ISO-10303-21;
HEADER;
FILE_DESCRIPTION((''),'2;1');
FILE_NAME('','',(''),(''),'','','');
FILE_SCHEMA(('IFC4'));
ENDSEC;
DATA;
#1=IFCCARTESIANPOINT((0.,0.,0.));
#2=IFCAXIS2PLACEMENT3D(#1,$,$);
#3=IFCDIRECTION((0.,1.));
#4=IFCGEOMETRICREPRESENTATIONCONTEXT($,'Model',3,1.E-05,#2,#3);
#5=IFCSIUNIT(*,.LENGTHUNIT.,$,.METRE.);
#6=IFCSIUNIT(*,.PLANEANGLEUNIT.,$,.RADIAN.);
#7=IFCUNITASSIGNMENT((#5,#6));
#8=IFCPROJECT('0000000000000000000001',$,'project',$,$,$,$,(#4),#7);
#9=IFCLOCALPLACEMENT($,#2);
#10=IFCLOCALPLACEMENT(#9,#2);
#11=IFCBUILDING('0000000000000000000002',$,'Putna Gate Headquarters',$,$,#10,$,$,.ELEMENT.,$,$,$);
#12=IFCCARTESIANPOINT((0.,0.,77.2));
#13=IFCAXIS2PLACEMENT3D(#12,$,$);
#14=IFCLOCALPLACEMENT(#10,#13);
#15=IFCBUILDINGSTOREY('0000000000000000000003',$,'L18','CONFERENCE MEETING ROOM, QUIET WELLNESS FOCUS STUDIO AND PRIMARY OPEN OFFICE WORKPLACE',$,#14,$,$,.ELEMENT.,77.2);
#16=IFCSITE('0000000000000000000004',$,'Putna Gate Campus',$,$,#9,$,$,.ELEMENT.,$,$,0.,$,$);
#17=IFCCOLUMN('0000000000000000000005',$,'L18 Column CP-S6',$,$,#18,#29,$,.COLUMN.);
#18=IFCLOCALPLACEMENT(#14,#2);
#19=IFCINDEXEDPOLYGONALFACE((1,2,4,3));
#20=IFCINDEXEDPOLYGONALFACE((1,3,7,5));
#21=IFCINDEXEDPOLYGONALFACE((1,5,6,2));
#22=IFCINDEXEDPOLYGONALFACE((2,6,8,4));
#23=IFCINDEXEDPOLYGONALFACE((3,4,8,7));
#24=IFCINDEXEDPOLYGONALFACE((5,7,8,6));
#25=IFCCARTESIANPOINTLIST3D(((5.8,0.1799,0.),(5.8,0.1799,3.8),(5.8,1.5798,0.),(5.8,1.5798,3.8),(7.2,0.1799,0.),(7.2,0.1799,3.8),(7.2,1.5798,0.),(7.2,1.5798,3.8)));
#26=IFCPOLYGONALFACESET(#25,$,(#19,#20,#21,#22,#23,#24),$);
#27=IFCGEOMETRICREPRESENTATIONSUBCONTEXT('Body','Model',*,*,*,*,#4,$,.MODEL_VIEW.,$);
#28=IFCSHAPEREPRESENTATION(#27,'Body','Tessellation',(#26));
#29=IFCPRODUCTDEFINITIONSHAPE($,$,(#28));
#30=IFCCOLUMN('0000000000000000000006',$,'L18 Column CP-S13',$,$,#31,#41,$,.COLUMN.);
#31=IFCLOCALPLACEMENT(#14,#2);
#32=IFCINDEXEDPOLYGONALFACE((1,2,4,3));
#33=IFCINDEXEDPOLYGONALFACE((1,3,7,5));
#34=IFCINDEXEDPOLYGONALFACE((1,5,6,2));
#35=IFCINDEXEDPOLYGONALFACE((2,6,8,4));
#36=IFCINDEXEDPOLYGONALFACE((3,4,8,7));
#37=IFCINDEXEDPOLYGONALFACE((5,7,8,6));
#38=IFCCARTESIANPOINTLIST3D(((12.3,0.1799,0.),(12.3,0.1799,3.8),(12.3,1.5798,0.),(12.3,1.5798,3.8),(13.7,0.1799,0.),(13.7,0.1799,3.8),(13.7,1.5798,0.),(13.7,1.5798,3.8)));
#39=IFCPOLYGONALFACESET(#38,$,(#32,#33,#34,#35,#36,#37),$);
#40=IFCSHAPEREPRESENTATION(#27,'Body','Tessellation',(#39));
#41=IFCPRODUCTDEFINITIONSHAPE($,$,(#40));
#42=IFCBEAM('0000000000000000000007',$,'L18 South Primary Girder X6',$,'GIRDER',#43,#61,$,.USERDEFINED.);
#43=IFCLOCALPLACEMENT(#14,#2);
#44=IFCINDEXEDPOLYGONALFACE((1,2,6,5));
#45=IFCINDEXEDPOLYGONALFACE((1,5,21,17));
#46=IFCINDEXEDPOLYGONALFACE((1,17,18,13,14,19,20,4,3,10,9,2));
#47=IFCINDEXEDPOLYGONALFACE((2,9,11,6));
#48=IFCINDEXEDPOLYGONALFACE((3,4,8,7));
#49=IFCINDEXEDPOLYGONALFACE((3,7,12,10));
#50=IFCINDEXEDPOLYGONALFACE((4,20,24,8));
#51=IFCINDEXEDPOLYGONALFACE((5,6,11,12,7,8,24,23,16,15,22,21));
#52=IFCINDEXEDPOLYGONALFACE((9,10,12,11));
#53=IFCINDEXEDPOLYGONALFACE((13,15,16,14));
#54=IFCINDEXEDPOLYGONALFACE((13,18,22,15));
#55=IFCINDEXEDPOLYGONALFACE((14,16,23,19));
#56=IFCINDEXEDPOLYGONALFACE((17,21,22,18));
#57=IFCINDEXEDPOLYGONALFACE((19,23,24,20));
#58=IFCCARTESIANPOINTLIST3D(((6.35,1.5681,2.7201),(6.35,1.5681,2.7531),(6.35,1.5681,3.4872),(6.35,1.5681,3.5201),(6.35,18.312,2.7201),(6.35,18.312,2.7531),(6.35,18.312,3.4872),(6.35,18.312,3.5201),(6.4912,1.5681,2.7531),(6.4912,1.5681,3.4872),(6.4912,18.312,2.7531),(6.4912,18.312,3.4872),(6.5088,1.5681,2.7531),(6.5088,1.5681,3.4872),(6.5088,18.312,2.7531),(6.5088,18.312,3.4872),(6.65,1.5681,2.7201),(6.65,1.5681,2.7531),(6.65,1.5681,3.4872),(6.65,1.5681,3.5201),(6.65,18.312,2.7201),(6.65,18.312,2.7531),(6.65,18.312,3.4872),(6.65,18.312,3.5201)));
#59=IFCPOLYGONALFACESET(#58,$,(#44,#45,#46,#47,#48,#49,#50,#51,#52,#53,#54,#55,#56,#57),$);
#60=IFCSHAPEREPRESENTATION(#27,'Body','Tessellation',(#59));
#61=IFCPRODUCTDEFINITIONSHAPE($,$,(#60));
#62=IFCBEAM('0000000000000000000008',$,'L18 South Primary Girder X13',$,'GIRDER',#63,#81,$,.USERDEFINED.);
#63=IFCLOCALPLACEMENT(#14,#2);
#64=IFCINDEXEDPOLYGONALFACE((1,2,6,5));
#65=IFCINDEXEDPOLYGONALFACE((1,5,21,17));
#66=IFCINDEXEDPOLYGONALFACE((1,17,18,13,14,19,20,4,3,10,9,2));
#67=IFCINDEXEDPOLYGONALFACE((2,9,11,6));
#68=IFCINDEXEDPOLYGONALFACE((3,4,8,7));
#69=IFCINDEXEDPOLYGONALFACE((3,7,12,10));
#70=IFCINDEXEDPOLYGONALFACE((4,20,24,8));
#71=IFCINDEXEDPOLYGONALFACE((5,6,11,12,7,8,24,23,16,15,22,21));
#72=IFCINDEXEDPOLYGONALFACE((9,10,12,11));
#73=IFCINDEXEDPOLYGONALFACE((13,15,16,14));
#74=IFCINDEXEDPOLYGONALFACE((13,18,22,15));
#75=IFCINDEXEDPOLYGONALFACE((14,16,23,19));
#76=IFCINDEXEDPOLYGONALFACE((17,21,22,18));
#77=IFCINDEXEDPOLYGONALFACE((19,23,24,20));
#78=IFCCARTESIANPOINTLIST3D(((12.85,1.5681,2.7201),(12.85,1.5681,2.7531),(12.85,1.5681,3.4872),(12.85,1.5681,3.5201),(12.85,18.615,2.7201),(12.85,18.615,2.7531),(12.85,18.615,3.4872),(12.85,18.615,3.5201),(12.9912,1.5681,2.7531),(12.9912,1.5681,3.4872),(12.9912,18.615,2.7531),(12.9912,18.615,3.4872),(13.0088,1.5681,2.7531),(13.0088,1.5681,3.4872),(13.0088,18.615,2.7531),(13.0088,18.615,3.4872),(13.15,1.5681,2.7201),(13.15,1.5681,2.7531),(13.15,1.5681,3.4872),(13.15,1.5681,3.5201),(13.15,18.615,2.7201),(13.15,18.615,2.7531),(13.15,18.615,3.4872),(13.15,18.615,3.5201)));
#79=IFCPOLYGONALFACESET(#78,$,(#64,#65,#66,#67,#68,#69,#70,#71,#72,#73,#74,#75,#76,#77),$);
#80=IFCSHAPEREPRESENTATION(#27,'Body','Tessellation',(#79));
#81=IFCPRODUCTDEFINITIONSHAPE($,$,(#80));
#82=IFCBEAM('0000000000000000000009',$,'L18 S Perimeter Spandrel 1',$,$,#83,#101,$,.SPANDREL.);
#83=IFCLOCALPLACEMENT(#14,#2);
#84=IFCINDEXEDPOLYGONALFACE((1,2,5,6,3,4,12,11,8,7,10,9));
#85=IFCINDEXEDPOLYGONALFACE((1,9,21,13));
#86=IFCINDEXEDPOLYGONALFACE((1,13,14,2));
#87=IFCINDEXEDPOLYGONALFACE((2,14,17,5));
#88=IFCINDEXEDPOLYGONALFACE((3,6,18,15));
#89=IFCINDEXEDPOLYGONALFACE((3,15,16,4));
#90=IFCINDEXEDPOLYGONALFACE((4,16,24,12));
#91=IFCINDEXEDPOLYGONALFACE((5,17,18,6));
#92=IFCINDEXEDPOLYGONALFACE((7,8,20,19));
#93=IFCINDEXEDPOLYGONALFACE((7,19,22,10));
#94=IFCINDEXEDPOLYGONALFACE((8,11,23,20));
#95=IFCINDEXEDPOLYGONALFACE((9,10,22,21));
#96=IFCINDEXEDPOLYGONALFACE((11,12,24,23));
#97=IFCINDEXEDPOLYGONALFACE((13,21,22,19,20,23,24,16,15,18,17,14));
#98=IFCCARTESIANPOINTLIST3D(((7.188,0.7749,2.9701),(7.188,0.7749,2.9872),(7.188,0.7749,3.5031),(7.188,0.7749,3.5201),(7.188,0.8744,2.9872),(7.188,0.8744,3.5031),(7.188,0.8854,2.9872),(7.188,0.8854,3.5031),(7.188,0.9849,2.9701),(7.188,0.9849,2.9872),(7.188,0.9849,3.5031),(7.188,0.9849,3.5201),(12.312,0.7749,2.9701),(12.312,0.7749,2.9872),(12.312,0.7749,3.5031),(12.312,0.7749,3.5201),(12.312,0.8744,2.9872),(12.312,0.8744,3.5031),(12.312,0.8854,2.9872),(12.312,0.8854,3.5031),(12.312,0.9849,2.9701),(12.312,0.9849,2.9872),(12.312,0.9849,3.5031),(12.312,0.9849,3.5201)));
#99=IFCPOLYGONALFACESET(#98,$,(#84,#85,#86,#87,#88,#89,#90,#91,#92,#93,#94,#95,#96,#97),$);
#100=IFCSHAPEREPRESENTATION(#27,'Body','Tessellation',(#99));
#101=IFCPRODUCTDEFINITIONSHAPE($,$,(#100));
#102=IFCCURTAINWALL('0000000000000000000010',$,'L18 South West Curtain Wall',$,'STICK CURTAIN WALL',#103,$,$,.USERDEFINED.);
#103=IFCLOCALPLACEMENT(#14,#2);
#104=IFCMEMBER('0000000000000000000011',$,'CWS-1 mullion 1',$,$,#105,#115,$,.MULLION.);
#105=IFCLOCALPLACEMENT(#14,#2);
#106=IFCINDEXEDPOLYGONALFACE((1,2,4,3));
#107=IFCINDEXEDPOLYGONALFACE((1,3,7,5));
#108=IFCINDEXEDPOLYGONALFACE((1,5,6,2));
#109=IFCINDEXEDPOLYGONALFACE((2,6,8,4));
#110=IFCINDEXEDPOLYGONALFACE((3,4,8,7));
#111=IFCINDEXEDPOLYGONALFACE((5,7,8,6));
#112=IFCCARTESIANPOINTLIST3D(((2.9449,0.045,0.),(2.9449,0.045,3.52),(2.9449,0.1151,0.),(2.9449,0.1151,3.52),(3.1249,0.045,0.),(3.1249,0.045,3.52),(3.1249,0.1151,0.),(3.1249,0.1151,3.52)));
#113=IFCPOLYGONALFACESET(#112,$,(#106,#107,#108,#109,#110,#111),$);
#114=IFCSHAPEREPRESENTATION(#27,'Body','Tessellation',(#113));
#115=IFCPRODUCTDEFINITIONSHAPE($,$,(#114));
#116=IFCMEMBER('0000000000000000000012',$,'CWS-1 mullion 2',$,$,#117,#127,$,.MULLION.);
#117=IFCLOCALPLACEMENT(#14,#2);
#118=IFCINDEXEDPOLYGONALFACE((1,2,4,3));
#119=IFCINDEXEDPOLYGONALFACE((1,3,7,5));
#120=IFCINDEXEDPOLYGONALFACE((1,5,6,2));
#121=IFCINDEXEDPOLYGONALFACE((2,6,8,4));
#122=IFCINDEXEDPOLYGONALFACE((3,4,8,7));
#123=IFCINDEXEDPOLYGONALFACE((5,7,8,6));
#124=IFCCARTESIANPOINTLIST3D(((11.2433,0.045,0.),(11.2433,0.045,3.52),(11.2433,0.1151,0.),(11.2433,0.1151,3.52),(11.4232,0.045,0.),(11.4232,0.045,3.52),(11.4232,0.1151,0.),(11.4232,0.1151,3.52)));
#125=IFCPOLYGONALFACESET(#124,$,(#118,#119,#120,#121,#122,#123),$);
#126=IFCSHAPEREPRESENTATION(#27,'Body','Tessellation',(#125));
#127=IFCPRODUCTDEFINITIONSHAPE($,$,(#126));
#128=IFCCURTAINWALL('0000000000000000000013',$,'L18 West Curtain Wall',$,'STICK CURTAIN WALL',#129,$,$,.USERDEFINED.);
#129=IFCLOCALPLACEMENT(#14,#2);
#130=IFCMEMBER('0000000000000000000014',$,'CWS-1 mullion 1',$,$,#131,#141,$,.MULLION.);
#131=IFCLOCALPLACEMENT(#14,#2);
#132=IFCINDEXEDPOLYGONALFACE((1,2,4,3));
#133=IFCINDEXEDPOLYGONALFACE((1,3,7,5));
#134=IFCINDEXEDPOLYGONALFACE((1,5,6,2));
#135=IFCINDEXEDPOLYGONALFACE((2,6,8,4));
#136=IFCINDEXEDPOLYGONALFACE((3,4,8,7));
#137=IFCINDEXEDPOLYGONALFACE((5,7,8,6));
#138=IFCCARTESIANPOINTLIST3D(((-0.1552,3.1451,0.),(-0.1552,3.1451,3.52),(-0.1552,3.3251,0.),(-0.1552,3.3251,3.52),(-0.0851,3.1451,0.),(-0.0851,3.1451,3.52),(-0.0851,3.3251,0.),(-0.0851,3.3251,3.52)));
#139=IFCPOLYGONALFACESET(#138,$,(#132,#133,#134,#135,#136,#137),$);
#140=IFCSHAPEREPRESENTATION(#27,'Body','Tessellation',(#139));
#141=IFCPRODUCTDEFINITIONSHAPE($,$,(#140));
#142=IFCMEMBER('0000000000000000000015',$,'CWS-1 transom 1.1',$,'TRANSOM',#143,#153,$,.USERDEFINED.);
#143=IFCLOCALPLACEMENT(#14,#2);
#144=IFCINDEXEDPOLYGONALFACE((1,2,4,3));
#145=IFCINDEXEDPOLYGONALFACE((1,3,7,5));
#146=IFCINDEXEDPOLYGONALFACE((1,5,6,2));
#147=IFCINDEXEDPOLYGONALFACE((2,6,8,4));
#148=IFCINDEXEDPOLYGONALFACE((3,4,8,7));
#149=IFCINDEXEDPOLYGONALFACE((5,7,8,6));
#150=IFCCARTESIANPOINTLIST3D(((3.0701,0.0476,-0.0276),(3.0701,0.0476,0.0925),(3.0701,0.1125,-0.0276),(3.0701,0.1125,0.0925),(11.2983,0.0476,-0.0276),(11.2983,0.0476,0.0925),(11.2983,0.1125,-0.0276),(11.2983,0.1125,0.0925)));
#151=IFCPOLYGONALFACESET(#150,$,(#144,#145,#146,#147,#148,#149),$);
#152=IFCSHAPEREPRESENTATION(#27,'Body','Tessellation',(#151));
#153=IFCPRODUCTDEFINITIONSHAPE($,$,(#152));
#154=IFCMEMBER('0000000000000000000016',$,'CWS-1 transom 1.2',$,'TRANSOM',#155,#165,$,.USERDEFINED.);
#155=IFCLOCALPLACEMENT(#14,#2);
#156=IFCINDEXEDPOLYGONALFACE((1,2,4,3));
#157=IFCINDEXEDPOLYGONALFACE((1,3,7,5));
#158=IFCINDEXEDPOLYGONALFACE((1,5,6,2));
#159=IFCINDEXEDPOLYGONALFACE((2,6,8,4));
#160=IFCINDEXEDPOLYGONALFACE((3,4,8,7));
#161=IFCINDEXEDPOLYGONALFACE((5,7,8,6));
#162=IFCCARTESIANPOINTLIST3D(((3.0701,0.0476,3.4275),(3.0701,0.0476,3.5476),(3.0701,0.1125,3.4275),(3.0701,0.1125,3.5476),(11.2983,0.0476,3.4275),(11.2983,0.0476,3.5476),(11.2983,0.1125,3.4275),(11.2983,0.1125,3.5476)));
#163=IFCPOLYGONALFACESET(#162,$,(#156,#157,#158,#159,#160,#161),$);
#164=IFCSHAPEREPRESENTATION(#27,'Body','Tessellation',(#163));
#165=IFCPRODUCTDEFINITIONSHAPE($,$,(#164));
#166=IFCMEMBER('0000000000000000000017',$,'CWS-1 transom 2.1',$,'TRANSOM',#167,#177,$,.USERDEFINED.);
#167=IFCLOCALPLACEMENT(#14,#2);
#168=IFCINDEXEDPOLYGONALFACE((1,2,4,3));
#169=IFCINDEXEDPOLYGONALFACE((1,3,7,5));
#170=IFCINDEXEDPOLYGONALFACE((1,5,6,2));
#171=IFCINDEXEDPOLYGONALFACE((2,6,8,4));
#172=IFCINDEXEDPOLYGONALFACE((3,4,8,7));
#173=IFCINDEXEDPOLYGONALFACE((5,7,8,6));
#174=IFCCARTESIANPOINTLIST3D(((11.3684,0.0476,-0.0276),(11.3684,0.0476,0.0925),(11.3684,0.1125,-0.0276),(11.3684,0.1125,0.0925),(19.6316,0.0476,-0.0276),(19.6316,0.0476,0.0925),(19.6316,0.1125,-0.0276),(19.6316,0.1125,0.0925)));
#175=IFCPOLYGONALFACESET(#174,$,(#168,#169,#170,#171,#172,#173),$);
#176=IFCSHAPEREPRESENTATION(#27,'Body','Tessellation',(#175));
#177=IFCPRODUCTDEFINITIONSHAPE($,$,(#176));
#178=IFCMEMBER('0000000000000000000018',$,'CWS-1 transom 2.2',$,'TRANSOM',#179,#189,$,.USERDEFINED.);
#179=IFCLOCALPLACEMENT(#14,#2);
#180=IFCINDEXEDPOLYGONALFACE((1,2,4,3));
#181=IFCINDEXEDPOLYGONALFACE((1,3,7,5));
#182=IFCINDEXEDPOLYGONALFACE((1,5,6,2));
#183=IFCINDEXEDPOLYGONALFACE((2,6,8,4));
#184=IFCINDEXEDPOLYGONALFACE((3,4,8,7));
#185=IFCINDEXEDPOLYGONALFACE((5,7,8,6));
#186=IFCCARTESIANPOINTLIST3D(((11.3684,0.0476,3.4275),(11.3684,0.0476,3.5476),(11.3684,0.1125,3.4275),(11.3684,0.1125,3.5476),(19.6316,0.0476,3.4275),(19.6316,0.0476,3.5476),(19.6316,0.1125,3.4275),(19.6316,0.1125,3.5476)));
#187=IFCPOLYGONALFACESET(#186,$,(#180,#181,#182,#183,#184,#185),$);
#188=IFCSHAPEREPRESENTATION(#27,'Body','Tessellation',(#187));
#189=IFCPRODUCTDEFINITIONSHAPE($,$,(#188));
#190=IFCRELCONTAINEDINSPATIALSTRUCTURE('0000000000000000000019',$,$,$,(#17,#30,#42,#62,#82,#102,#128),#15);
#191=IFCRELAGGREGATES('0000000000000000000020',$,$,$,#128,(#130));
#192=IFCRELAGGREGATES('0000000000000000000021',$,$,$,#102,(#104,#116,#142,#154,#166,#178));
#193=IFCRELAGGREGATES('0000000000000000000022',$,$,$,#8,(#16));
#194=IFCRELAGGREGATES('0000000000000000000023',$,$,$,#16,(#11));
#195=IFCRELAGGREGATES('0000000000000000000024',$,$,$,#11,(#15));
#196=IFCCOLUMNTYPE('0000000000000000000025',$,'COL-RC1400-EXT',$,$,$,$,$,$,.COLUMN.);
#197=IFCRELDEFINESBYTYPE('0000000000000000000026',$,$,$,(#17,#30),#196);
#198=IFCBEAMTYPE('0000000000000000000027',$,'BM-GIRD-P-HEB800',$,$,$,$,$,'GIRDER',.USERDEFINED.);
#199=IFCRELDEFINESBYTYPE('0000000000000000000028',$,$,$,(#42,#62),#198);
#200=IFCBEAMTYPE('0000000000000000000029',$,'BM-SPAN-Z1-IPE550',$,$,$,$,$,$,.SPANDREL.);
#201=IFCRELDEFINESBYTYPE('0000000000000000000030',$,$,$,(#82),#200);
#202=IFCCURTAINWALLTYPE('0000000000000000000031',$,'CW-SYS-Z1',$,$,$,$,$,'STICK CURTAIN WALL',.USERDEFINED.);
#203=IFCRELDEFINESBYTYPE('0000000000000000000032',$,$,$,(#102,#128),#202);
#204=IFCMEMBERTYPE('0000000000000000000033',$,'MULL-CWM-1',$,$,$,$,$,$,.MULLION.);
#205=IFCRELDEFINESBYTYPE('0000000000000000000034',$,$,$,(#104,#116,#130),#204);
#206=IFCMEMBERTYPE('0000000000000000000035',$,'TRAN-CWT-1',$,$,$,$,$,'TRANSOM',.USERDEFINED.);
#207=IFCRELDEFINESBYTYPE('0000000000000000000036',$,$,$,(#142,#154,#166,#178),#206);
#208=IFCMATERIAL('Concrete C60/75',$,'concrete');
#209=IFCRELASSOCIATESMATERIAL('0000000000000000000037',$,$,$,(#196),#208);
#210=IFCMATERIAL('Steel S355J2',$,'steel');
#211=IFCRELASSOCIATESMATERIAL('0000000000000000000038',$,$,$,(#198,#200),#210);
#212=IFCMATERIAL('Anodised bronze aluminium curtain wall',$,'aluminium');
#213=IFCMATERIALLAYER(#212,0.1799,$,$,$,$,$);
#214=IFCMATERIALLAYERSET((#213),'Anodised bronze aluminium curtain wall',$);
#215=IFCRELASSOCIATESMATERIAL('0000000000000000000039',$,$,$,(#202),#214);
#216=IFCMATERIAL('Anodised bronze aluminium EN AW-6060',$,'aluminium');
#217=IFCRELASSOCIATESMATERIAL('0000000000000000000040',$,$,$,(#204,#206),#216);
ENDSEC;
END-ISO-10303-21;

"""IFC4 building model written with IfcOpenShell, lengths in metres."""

from ifc_helpers import new_model, si_unit, direction, frame, origin, origin_2d, place, context, subcontext, project, spatial, rectangle, i_section, extrude, material, layer, layer_set, material_profile, profile_set, type_object, element, aggregate, save


model = new_model("IFC4")

# Units and contexts
model_context = context("Model", 3, precision=1e-05, world=origin(), true_north=direction((0.0, 1.0)))
body_context = subcontext(model_context, "Body", "Model", "MODEL_VIEW")
ifc_project = project(units=[si_unit("LENGTHUNIT", "METRE"), si_unit("PLANEANGLEUNIT", "RADIAN")], contexts=[model_context])

# Site, building, storey
site_placement = place(None, origin())
site = spatial("IfcSite", under=ifc_project, at=site_placement, Name="Putna Gate Campus", CompositionType="ELEMENT", RefElevation=0.0)
building_placement = place(site_placement, origin())
building = spatial("IfcBuilding", under=site, at=building_placement, Name="Putna Gate Headquarters", CompositionType="ELEMENT")
storey_placement = place(building_placement, frame((0.0, 0.0, 77.2)))
storey = spatial("IfcBuildingStorey", under=building, at=storey_placement, Name="L18", Description="CONFERENCE MEETING ROOM, QUIET WELLNESS FOCUS STUDIO AND PRIMARY OPEN OFFICE WORKPLACE", CompositionType="ELEMENT", Elevation=77.2)

# Columns
ifc_material_1 = material(Name="Concrete C60/75", Category="concrete")
ifc_material_profile_1 = material_profile(ifc_material_1, rectangle(XDim=1.3999, YDim=1.3999, at=origin_2d()), Name="Concrete C60/75")
ifc_profile_set_1 = profile_set([ifc_material_profile_1], Name="Concrete C60/75")
column_type = type_object("IfcColumnType", Name="COL-RC1400-EXT", PredefinedType="COLUMN", material=ifc_profile_set_1)
for number, where, z_axis, x_axis, name in (
    (1, (6.5, 0.8799, 0.0), (0.0, 0.0, 1.0), (1.0, 0.0, 0.0), "L18 Column CP-S6"),
    (2, (13.0, 0.8799, 0.0), (0.0, 0.0, 1.0), (1.0, 0.0, 0.0), "L18 Column CP-S13"),
):
    element("IfcColumn", number, at=place(storey_placement, frame(where, z_axis=z_axis, x_axis=x_axis)), inside=storey, type_object=column_type, Name=name, PredefinedType="COLUMN", context=body_context, shape_type="SweptSolid", body=[
        extrude(rectangle(XDim=1.3999, YDim=1.3999, at=origin_2d()), origin(), (0.0, 0.0, 1.0), 3.8),
    ])

# Beams
ifc_material_2 = material(Name="Steel S355J2", Category="steel")
ifc_material_profile_2 = material_profile(ifc_material_2, i_section(OverallWidth=0.3, OverallDepth=0.8, WebThickness=0.0176, FlangeThickness=0.033, at=origin_2d()), Name="Steel S355J2")
ifc_profile_set_2 = profile_set([ifc_material_profile_2], Name="Steel S355J2")
beam_type_1 = type_object("IfcBeamType", Name="BM-GIRD-P-HEB800", ElementType="GIRDER", PredefinedType="USERDEFINED", material=ifc_profile_set_2)
beam_1_placement = place(storey_placement, frame((6.5, 1.5681, 3.1201), z_axis=(0.0, 1.0, 0.0), x_axis=(-1.0, 0.0, 0.0)))
element("IfcBeam", 3, at=beam_1_placement, inside=storey, type_object=beam_type_1, Name="L18 South Primary Girder X6", ObjectType="GIRDER", PredefinedType="USERDEFINED", context=body_context, shape_type="SweptSolid", body=[
    extrude(i_section(OverallWidth=0.3, OverallDepth=0.8, WebThickness=0.0176, FlangeThickness=0.033, at=origin_2d()), origin(), (0.0, 0.0, 1.0), 16.7439),
])
beam_2_placement = place(storey_placement, frame((13.0, 1.5681, 3.1201), z_axis=(0.0, 1.0, 0.0), x_axis=(-1.0, 0.0, 0.0)))
element("IfcBeam", 4, at=beam_2_placement, inside=storey, type_object=beam_type_1, Name="L18 South Primary Girder X13", ObjectType="GIRDER", PredefinedType="USERDEFINED", context=body_context, shape_type="SweptSolid", body=[
    extrude(i_section(OverallWidth=0.3, OverallDepth=0.8, WebThickness=0.0176, FlangeThickness=0.033, at=origin_2d()), origin(), (0.0, 0.0, 1.0), 17.0469),
])
ifc_material_profile_3 = material_profile(ifc_material_2, i_section(OverallWidth=0.21, OverallDepth=0.55, WebThickness=0.011, FlangeThickness=0.0171, at=origin_2d()), Name="Steel S355J2")
ifc_profile_set_3 = profile_set([ifc_material_profile_3], Name="Steel S355J2")
beam_type_2 = type_object("IfcBeamType", Name="BM-SPAN-Z1-IPE550", PredefinedType="SPANDREL", material=ifc_profile_set_3)
beam_3_placement = place(storey_placement, frame((7.188, 0.8799, 3.2451), z_axis=(1.0, 0.0, 0.0), x_axis=(0.0, 1.0, 0.0)))
element("IfcBeam", 5, at=beam_3_placement, inside=storey, type_object=beam_type_2, Name="L18 S Perimeter Spandrel 1", PredefinedType="SPANDREL", context=body_context, shape_type="SweptSolid", body=[
    extrude(i_section(OverallWidth=0.21, OverallDepth=0.55, WebThickness=0.011, FlangeThickness=0.0171, at=origin_2d()), origin(), (0.0, 0.0, 1.0), 5.124),
])

# Curtain wall, members
ifc_material_3 = material(Name="Anodised bronze aluminium curtain wall", Category="aluminium")
ifc_layer_1 = layer(ifc_material_3, 0.1799)
ifc_layer_set_1 = layer_set([ifc_layer_1], Name="Anodised bronze aluminium curtain wall")
curtain_wall_type = type_object("IfcCurtainWallType", Name="CW-SYS-Z1", ElementType="STICK CURTAIN WALL", PredefinedType="USERDEFINED", material=ifc_layer_set_1)
curtain_wall_1_placement = place(storey_placement, origin())
curtain_wall_1 = element("IfcCurtainWall", 6, at=curtain_wall_1_placement, inside=storey, type_object=curtain_wall_type, Name="L18 South West Curtain Wall", ObjectType="STICK CURTAIN WALL", PredefinedType="USERDEFINED")
ifc_material_4 = material(Name="Anodised bronze aluminium EN AW-6060", Category="aluminium")
ifc_material_profile_4 = material_profile(ifc_material_4, rectangle(XDim=0.0701, YDim=0.1799, at=origin_2d()), Name="Anodised bronze aluminium EN AW-6060")
ifc_profile_set_4 = profile_set([ifc_material_profile_4], Name="Anodised bronze aluminium EN AW-6060")
member_type_1 = type_object("IfcMemberType", Name="MULL-CWM-1", PredefinedType="MULLION", material=ifc_profile_set_4)
member_1_placement = place(storey_placement, frame((3.0349, 0.0801, 0.0), z_axis=(0.0, 0.0, 1.0), x_axis=(0.0, 1.0, 0.0)))
member_1 = element("IfcMember", 7, at=member_1_placement, type_object=member_type_1, Name="CWS-1 mullion 1", PredefinedType="MULLION", context=body_context, shape_type="SweptSolid", body=[
    extrude(rectangle(XDim=0.0701, YDim=0.1799, at=origin_2d()), origin(), (0.0, 0.0, 1.0), 3.52),
])
member_2_placement = place(storey_placement, frame((11.3333, 0.0801, 0.0), z_axis=(0.0, 0.0, 1.0), x_axis=(0.0, 1.0, 0.0)))
member_2 = element("IfcMember", 8, at=member_2_placement, type_object=member_type_1, Name="CWS-1 mullion 2", PredefinedType="MULLION", context=body_context, shape_type="SweptSolid", body=[
    extrude(rectangle(XDim=0.0701, YDim=0.1799, at=origin_2d()), origin(), (0.0, 0.0, 1.0), 3.52),
])

# Curtain wall, member
curtain_wall_2_placement = place(storey_placement, origin())
curtain_wall_2 = element("IfcCurtainWall", 9, at=curtain_wall_2_placement, inside=storey, type_object=curtain_wall_type, Name="L18 West Curtain Wall", ObjectType="STICK CURTAIN WALL", PredefinedType="USERDEFINED")
member_3_placement = place(storey_placement, frame((-0.1201, 3.2351, 0.0), z_axis=(0.0, 0.0, 1.0), x_axis=(-1.0, 0.0, 0.0)))
member_3 = element("IfcMember", 10, at=member_3_placement, type_object=member_type_1, Name="CWS-1 mullion 1", PredefinedType="MULLION", context=body_context, shape_type="SweptSolid", body=[
    extrude(rectangle(XDim=0.0701, YDim=0.1799, at=origin_2d()), origin(), (0.0, 0.0, 1.0), 3.52),
])

# Members
ifc_material_profile_5 = material_profile(ifc_material_4, rectangle(XDim=0.0649, YDim=0.1201, at=origin_2d()), Name="Anodised bronze aluminium EN AW-6060")
ifc_profile_set_5 = profile_set([ifc_material_profile_5], Name="Anodised bronze aluminium EN AW-6060")
member_type_2 = type_object("IfcMemberType", Name="TRAN-CWT-1", ElementType="TRANSOM", PredefinedType="USERDEFINED", material=ifc_profile_set_5)
member_4_placement = place(storey_placement, frame((3.0701, 0.0801, 0.0325), z_axis=(1.0, 0.0, 0.0), x_axis=(0.0, 1.0, 0.0)))
member_4 = element("IfcMember", 11, at=member_4_placement, type_object=member_type_2, Name="CWS-1 transom 1.1", ObjectType="TRANSOM", PredefinedType="USERDEFINED", context=body_context, shape_type="SweptSolid", body=[
    extrude(rectangle(XDim=0.0649, YDim=0.1201, at=origin_2d()), origin(), (0.0, 0.0, 1.0), 8.2283),
])
member_5_placement = place(storey_placement, frame((3.0701, 0.0801, 3.4875), z_axis=(1.0, 0.0, 0.0), x_axis=(0.0, 1.0, 0.0)))
member_5 = element("IfcMember", 12, at=member_5_placement, type_object=member_type_2, Name="CWS-1 transom 1.2", ObjectType="TRANSOM", PredefinedType="USERDEFINED", context=body_context, shape_type="SweptSolid", body=[
    extrude(rectangle(XDim=0.0649, YDim=0.1201, at=origin_2d()), origin(), (0.0, 0.0, 1.0), 8.2283),
])
member_6_placement = place(storey_placement, frame((11.3684, 0.0801, 0.0325), z_axis=(1.0, 0.0, 0.0), x_axis=(0.0, 1.0, 0.0)))
member_6 = element("IfcMember", 13, at=member_6_placement, type_object=member_type_2, Name="CWS-1 transom 2.1", ObjectType="TRANSOM", PredefinedType="USERDEFINED", context=body_context, shape_type="SweptSolid", body=[
    extrude(rectangle(XDim=0.0649, YDim=0.1201, at=origin_2d()), origin(), (0.0, 0.0, 1.0), 8.2632),
])
member_7_placement = place(storey_placement, frame((11.3684, 0.0801, 3.4875), z_axis=(1.0, 0.0, 0.0), x_axis=(0.0, 1.0, 0.0)))
member_7 = element("IfcMember", 14, at=member_7_placement, type_object=member_type_2, Name="CWS-1 transom 2.2", ObjectType="TRANSOM", PredefinedType="USERDEFINED", context=body_context, shape_type="SweptSolid", body=[
    extrude(rectangle(XDim=0.0649, YDim=0.1201, at=origin_2d()), origin(), (0.0, 0.0, 1.0), 8.2632),
])
aggregate(curtain_wall_2, [member_3])

aggregate(curtain_wall_1, [member_1, member_2, member_4, member_5, member_6, member_7])

save(model, "model.ifc")
